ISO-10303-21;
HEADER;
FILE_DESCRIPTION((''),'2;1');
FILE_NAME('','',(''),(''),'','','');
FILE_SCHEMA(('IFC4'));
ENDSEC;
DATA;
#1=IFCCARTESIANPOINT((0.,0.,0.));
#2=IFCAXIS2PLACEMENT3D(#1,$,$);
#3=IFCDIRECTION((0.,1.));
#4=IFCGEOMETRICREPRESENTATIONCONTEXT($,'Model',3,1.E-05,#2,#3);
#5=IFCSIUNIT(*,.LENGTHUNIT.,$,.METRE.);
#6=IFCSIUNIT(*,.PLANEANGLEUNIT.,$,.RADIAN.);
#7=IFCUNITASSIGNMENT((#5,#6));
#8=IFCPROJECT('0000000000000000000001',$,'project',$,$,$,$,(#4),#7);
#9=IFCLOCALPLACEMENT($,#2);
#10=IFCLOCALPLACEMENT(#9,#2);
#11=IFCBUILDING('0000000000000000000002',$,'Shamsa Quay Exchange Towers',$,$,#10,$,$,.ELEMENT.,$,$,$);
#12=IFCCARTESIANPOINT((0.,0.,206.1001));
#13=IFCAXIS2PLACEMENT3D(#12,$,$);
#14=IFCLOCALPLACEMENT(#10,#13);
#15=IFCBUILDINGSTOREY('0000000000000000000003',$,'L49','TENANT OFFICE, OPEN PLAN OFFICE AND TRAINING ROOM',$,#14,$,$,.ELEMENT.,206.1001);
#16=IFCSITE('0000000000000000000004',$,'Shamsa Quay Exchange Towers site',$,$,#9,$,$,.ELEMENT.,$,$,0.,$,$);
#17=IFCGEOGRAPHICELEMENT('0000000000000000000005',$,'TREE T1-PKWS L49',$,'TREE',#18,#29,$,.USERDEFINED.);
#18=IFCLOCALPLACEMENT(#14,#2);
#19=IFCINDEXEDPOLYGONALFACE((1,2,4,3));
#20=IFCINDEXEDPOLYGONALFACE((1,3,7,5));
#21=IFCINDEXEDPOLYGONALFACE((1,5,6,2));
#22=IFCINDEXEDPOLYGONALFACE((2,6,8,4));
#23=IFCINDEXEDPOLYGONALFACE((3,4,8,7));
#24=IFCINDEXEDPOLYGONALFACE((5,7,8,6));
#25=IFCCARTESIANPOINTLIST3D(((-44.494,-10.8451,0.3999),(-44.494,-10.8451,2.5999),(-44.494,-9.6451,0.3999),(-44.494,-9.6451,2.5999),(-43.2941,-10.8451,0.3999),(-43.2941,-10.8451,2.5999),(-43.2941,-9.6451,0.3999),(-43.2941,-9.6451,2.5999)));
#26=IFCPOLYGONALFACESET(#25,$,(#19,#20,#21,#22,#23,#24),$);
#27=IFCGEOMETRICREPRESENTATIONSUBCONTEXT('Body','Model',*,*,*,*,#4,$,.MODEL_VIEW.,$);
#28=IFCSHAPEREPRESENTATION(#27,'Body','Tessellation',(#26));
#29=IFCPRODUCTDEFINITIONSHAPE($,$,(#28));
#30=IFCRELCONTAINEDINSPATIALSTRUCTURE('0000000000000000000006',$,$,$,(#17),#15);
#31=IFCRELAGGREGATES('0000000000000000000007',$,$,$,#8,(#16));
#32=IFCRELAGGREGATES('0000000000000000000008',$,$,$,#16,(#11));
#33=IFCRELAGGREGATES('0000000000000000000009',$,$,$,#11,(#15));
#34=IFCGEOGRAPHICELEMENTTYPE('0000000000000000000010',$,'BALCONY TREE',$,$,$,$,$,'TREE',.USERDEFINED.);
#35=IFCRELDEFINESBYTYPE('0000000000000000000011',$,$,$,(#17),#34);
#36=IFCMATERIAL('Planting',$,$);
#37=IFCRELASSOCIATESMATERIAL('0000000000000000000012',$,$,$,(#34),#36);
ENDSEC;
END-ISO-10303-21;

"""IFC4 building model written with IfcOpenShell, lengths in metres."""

from ifc_helpers import new_model, si_unit, direction, frame, origin, origin_2d, place, context, subcontext, project, spatial, rectangle, extrude, material, type_object, element, save


model = new_model("IFC4")

# Units and contexts
model_context = context("Model", 3, precision=1e-05, world=origin(), true_north=direction((0.0, 1.0)))
body_context = subcontext(model_context, "Body", "Model", "MODEL_VIEW")
ifc_project = project(units=[si_unit("LENGTHUNIT", "METRE"), si_unit("PLANEANGLEUNIT", "RADIAN")], contexts=[model_context])

# Site, building, storey
site_placement = place(None, origin())
site = spatial("IfcSite", under=ifc_project, at=site_placement, Name="Shamsa Quay Exchange Towers site", CompositionType="ELEMENT", RefElevation=0.0)
building_placement = place(site_placement, origin())
building = spatial("IfcBuilding", under=site, at=building_placement, Name="Shamsa Quay Exchange Towers", CompositionType="ELEMENT")
storey_placement = place(building_placement, frame((0.0, 0.0, 206.1001)))
storey = spatial("IfcBuildingStorey", under=building, at=storey_placement, Name="L49", Description="TENANT OFFICE, OPEN PLAN OFFICE AND TRAINING ROOM", CompositionType="ELEMENT", Elevation=206.1001)

# Geographic element
ifc_material_1 = material(Name="Planting")
geographic_element_type = type_object("IfcGeographicElementType", Name="BALCONY TREE", ElementType="TREE", PredefinedType="USERDEFINED", material=ifc_material_1)
geographic_element_placement = place(storey_placement, frame((-43.894, -10.2451, 0.3999)))
element("IfcGeographicElement", 1, at=geographic_element_placement, inside=storey, type_object=geographic_element_type, Name="TREE T1-PKWS L49", ObjectType="TREE", PredefinedType="USERDEFINED", context=body_context, shape_type="SweptSolid", body=[
    extrude(rectangle(XDim=1.2, YDim=1.2, at=origin_2d()), origin(), (0.0, 0.0, 1.0), 2.2),
])

save(model, "model.ifc")
